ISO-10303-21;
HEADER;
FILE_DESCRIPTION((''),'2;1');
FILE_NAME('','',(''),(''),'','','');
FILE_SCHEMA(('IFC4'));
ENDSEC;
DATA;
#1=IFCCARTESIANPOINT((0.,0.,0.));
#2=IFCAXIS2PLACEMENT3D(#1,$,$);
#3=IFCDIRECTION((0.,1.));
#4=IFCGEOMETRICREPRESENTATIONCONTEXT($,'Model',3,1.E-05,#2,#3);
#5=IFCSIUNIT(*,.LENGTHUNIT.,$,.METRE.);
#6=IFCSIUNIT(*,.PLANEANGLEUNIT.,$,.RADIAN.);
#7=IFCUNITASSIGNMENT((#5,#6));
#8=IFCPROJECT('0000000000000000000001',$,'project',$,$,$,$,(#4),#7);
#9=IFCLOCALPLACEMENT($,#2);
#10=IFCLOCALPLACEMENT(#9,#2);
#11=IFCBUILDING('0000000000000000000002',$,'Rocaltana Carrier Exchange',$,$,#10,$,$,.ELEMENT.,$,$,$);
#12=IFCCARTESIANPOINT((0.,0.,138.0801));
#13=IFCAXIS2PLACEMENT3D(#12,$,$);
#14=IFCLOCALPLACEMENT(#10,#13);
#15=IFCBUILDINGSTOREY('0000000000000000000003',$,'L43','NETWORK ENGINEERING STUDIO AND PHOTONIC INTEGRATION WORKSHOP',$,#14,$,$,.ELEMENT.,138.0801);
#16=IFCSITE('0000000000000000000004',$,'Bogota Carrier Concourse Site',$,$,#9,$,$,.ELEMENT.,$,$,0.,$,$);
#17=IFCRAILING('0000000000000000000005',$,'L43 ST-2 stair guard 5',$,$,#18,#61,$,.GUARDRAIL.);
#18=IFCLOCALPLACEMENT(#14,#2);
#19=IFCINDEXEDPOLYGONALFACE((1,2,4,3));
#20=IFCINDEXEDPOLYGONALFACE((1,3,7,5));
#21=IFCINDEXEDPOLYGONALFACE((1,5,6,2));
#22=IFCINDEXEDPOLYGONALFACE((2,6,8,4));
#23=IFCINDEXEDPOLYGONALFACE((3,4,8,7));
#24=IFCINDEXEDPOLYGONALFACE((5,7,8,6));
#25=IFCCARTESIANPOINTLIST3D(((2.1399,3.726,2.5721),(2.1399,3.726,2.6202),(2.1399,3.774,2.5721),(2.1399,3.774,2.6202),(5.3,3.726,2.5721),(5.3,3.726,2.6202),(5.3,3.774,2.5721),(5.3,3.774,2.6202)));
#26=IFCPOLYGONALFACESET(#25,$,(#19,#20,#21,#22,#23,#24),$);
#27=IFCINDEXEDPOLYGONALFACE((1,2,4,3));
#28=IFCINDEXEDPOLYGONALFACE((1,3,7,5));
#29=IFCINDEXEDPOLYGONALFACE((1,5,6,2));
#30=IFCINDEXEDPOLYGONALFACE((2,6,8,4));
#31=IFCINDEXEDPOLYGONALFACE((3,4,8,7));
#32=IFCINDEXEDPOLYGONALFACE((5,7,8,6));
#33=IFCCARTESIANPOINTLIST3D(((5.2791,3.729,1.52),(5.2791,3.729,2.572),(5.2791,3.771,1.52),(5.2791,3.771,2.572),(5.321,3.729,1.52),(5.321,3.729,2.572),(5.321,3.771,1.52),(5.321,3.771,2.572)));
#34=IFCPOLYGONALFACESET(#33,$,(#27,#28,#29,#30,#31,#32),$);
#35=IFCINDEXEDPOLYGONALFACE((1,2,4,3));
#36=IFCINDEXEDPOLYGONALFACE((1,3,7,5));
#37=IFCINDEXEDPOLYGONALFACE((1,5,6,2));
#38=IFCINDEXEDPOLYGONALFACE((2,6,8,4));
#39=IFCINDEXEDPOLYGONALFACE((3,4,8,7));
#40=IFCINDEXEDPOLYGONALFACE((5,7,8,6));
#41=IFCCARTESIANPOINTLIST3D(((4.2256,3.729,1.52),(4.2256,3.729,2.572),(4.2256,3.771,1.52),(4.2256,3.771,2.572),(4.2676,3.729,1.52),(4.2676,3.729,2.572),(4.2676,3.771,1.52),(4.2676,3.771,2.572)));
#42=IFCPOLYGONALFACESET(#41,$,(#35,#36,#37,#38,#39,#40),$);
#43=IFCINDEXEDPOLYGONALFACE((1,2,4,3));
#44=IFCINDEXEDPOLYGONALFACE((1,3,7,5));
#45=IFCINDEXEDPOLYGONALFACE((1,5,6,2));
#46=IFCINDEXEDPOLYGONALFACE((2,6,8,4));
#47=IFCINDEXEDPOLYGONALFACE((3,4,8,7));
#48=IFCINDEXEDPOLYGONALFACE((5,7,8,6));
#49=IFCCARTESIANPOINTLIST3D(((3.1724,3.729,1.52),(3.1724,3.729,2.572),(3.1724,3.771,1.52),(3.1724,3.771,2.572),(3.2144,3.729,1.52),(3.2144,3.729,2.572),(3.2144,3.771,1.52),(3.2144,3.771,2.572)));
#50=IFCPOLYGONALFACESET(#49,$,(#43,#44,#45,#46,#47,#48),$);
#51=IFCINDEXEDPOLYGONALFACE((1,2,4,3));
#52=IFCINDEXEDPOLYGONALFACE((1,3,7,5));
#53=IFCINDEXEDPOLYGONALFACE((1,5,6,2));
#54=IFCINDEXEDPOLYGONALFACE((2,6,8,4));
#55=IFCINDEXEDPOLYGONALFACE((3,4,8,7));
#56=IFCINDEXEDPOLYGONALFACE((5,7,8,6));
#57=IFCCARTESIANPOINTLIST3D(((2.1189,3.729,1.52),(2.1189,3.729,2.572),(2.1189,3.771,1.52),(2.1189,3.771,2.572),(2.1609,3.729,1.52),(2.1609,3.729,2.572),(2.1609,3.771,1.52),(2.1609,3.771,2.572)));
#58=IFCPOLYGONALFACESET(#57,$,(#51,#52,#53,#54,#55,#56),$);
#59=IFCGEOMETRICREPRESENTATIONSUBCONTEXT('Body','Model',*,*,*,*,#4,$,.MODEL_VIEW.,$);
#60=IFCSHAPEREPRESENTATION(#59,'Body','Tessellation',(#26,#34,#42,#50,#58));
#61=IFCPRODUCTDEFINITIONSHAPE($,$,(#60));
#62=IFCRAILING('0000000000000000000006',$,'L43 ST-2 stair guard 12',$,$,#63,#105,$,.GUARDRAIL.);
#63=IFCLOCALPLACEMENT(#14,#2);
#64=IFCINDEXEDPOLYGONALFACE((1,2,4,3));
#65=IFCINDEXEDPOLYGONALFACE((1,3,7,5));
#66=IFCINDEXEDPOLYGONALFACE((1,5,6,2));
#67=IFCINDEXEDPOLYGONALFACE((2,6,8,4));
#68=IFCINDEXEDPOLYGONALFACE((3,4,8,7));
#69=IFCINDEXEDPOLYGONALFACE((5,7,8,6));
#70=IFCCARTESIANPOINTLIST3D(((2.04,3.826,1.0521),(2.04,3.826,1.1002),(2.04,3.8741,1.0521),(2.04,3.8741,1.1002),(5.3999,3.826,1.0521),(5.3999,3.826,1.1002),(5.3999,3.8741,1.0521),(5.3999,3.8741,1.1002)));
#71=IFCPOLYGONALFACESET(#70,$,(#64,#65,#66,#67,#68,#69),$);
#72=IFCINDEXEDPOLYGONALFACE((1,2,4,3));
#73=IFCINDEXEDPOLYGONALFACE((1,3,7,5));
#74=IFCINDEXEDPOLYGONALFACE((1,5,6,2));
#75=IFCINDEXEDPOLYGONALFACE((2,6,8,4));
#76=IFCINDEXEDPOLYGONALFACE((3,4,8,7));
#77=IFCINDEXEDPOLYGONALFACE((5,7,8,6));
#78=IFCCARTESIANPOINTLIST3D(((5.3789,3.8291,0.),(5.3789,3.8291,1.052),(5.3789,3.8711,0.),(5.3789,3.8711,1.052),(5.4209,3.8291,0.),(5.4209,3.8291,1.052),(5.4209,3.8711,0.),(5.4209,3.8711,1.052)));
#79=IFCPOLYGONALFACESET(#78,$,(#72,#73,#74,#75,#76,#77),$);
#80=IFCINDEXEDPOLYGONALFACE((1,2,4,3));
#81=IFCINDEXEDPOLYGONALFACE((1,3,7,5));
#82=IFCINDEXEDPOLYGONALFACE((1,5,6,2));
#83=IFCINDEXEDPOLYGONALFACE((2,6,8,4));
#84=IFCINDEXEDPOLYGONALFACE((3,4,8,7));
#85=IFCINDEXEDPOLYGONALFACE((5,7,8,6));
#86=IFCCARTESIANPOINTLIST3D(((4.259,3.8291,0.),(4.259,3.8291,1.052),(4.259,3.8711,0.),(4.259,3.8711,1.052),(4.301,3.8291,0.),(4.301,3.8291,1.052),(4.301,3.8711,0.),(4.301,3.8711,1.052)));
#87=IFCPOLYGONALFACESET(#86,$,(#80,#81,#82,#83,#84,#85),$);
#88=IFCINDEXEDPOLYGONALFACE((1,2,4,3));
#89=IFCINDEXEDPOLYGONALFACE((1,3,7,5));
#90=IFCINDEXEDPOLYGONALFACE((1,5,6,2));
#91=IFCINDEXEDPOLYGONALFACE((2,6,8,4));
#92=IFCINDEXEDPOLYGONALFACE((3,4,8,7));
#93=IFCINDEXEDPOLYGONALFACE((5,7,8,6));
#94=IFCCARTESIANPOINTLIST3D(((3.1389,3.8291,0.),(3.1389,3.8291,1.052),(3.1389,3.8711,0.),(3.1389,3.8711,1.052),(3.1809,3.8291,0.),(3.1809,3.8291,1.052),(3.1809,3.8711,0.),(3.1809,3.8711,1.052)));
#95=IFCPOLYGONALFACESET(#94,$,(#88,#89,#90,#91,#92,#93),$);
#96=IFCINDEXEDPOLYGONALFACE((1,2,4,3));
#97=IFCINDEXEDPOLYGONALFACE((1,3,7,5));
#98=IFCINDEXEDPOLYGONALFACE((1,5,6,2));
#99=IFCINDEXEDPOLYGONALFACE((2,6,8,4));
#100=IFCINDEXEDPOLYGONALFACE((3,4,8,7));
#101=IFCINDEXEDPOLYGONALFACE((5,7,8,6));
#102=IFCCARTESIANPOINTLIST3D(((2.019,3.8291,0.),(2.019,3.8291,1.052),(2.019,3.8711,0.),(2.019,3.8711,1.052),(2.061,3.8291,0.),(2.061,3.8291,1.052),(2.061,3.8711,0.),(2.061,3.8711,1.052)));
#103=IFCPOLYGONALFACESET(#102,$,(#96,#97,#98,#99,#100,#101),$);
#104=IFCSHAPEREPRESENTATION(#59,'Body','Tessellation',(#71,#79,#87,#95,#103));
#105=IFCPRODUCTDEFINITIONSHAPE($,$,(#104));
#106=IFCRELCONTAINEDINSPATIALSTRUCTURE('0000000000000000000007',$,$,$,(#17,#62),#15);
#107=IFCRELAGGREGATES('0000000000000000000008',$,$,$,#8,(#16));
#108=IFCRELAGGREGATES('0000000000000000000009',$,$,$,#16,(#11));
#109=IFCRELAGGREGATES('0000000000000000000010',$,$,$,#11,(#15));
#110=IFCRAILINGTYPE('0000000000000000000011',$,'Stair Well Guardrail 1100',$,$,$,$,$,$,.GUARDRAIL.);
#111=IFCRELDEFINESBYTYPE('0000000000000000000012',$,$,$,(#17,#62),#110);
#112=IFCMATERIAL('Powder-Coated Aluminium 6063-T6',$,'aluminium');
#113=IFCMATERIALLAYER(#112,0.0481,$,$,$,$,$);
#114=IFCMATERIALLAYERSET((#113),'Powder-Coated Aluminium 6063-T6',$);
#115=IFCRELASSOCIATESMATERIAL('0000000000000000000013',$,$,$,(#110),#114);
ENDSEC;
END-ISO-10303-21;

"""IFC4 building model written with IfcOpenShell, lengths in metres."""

from ifc_helpers import new_model, si_unit, direction, frame, origin, origin_2d, place, context, subcontext, project, spatial, rectangle, extrude, material, layer, layer_set, type_object, element, save


model = new_model("IFC4")

# Units and contexts
model_context = context("Model", 3, precision=1e-05, world=origin(), true_north=direction((0.0, 1.0)))
body_context = subcontext(model_context, "Body", "Model", "MODEL_VIEW")
ifc_project = project(units=[si_unit("LENGTHUNIT", "METRE"), si_unit("PLANEANGLEUNIT", "RADIAN")], contexts=[model_context])

# Site, building, storey
site_placement = place(None, origin())
site = spatial("IfcSite", under=ifc_project, at=site_placement, Name="Bogota Carrier Concourse Site", CompositionType="ELEMENT", RefElevation=0.0)
building_placement = place(site_placement, origin())
building = spatial("IfcBuilding", under=site, at=building_placement, Name="Rocaltana Carrier Exchange", CompositionType="ELEMENT")
storey_placement = place(building_placement, frame((0.0, 0.0, 138.0801)))
storey = spatial("IfcBuildingStorey", under=building, at=storey_placement, Name="L43", Description="NETWORK ENGINEERING STUDIO AND PHOTONIC INTEGRATION WORKSHOP", CompositionType="ELEMENT", Elevation=138.0801)

# Railings
ifc_material_1 = material(Name="Powder-Coated Aluminium 6063-T6", Category="aluminium")
ifc_layer_1 = layer(ifc_material_1, 0.0481)
ifc_layer_set_1 = layer_set([ifc_layer_1], Name="Powder-Coated Aluminium 6063-T6")
railing_type = type_object("IfcRailingType", Name="Stair Well Guardrail 1100", PredefinedType="GUARDRAIL", material=ifc_layer_set_1)
railing_1_placement = place(storey_placement, frame((5.3, 3.75, 1.52)))
element("IfcRailing", 1, at=railing_1_placement, inside=storey, type_object=railing_type, Name="L43 ST-2 stair guard 5", PredefinedType="GUARDRAIL", context=body_context, shape_type="SweptSolid", body=[
    extrude(rectangle(XDim=0.0481, YDim=0.0481, at=origin_2d()), frame((0.0, 0.0, 1.0762), z_axis=(-1.0, 0.0, 0.0), x_axis=(0.0, -1.0, 0.0)), (0.0, 0.0, 1.0), 3.1602),
    extrude(rectangle(XDim=0.042, YDim=0.042, at=origin_2d()), origin(), (0.0, 0.0, 1.0), 1.052),
    extrude(rectangle(XDim=0.042, YDim=0.042, at=origin_2d()), frame((-1.0535, 0.0, 0.0)), (0.0, 0.0, 1.0), 1.052),
    extrude(rectangle(XDim=0.042, YDim=0.042, at=origin_2d()), frame((-2.1067, 0.0, 0.0)), (0.0, 0.0, 1.0), 1.052),
    extrude(rectangle(XDim=0.042, YDim=0.042, at=origin_2d()), frame((-3.1602, 0.0, 0.0)), (0.0, 0.0, 1.0), 1.052),
])
railing_2_placement = place(storey_placement, frame((5.3999, 3.8501, 0.0)))
element("IfcRailing", 2, at=railing_2_placement, inside=storey, type_object=railing_type, Name="L43 ST-2 stair guard 12", PredefinedType="GUARDRAIL", context=body_context, shape_type="SweptSolid", body=[
    extrude(rectangle(XDim=0.0481, YDim=0.0481, at=origin_2d()), frame((0.0, 0.0, 1.0762), z_axis=(-1.0, 0.0, 0.0), x_axis=(0.0, -1.0, 0.0)), (0.0, 0.0, 1.0), 3.3599),
    extrude(rectangle(XDim=0.042, YDim=0.042, at=origin_2d()), origin(), (0.0, 0.0, 1.0), 1.052),
    extrude(rectangle(XDim=0.042, YDim=0.042, at=origin_2d()), frame((-1.1199, 0.0, 0.0)), (0.0, 0.0, 1.0), 1.052),
    extrude(rectangle(XDim=0.042, YDim=0.042, at=origin_2d()), frame((-2.24, 0.0, 0.0)), (0.0, 0.0, 1.0), 1.052),
    extrude(rectangle(XDim=0.042, YDim=0.042, at=origin_2d()), frame((-3.3599, 0.0, 0.0)), (0.0, 0.0, 1.0), 1.052),
])

save(model, "model.ifc")
